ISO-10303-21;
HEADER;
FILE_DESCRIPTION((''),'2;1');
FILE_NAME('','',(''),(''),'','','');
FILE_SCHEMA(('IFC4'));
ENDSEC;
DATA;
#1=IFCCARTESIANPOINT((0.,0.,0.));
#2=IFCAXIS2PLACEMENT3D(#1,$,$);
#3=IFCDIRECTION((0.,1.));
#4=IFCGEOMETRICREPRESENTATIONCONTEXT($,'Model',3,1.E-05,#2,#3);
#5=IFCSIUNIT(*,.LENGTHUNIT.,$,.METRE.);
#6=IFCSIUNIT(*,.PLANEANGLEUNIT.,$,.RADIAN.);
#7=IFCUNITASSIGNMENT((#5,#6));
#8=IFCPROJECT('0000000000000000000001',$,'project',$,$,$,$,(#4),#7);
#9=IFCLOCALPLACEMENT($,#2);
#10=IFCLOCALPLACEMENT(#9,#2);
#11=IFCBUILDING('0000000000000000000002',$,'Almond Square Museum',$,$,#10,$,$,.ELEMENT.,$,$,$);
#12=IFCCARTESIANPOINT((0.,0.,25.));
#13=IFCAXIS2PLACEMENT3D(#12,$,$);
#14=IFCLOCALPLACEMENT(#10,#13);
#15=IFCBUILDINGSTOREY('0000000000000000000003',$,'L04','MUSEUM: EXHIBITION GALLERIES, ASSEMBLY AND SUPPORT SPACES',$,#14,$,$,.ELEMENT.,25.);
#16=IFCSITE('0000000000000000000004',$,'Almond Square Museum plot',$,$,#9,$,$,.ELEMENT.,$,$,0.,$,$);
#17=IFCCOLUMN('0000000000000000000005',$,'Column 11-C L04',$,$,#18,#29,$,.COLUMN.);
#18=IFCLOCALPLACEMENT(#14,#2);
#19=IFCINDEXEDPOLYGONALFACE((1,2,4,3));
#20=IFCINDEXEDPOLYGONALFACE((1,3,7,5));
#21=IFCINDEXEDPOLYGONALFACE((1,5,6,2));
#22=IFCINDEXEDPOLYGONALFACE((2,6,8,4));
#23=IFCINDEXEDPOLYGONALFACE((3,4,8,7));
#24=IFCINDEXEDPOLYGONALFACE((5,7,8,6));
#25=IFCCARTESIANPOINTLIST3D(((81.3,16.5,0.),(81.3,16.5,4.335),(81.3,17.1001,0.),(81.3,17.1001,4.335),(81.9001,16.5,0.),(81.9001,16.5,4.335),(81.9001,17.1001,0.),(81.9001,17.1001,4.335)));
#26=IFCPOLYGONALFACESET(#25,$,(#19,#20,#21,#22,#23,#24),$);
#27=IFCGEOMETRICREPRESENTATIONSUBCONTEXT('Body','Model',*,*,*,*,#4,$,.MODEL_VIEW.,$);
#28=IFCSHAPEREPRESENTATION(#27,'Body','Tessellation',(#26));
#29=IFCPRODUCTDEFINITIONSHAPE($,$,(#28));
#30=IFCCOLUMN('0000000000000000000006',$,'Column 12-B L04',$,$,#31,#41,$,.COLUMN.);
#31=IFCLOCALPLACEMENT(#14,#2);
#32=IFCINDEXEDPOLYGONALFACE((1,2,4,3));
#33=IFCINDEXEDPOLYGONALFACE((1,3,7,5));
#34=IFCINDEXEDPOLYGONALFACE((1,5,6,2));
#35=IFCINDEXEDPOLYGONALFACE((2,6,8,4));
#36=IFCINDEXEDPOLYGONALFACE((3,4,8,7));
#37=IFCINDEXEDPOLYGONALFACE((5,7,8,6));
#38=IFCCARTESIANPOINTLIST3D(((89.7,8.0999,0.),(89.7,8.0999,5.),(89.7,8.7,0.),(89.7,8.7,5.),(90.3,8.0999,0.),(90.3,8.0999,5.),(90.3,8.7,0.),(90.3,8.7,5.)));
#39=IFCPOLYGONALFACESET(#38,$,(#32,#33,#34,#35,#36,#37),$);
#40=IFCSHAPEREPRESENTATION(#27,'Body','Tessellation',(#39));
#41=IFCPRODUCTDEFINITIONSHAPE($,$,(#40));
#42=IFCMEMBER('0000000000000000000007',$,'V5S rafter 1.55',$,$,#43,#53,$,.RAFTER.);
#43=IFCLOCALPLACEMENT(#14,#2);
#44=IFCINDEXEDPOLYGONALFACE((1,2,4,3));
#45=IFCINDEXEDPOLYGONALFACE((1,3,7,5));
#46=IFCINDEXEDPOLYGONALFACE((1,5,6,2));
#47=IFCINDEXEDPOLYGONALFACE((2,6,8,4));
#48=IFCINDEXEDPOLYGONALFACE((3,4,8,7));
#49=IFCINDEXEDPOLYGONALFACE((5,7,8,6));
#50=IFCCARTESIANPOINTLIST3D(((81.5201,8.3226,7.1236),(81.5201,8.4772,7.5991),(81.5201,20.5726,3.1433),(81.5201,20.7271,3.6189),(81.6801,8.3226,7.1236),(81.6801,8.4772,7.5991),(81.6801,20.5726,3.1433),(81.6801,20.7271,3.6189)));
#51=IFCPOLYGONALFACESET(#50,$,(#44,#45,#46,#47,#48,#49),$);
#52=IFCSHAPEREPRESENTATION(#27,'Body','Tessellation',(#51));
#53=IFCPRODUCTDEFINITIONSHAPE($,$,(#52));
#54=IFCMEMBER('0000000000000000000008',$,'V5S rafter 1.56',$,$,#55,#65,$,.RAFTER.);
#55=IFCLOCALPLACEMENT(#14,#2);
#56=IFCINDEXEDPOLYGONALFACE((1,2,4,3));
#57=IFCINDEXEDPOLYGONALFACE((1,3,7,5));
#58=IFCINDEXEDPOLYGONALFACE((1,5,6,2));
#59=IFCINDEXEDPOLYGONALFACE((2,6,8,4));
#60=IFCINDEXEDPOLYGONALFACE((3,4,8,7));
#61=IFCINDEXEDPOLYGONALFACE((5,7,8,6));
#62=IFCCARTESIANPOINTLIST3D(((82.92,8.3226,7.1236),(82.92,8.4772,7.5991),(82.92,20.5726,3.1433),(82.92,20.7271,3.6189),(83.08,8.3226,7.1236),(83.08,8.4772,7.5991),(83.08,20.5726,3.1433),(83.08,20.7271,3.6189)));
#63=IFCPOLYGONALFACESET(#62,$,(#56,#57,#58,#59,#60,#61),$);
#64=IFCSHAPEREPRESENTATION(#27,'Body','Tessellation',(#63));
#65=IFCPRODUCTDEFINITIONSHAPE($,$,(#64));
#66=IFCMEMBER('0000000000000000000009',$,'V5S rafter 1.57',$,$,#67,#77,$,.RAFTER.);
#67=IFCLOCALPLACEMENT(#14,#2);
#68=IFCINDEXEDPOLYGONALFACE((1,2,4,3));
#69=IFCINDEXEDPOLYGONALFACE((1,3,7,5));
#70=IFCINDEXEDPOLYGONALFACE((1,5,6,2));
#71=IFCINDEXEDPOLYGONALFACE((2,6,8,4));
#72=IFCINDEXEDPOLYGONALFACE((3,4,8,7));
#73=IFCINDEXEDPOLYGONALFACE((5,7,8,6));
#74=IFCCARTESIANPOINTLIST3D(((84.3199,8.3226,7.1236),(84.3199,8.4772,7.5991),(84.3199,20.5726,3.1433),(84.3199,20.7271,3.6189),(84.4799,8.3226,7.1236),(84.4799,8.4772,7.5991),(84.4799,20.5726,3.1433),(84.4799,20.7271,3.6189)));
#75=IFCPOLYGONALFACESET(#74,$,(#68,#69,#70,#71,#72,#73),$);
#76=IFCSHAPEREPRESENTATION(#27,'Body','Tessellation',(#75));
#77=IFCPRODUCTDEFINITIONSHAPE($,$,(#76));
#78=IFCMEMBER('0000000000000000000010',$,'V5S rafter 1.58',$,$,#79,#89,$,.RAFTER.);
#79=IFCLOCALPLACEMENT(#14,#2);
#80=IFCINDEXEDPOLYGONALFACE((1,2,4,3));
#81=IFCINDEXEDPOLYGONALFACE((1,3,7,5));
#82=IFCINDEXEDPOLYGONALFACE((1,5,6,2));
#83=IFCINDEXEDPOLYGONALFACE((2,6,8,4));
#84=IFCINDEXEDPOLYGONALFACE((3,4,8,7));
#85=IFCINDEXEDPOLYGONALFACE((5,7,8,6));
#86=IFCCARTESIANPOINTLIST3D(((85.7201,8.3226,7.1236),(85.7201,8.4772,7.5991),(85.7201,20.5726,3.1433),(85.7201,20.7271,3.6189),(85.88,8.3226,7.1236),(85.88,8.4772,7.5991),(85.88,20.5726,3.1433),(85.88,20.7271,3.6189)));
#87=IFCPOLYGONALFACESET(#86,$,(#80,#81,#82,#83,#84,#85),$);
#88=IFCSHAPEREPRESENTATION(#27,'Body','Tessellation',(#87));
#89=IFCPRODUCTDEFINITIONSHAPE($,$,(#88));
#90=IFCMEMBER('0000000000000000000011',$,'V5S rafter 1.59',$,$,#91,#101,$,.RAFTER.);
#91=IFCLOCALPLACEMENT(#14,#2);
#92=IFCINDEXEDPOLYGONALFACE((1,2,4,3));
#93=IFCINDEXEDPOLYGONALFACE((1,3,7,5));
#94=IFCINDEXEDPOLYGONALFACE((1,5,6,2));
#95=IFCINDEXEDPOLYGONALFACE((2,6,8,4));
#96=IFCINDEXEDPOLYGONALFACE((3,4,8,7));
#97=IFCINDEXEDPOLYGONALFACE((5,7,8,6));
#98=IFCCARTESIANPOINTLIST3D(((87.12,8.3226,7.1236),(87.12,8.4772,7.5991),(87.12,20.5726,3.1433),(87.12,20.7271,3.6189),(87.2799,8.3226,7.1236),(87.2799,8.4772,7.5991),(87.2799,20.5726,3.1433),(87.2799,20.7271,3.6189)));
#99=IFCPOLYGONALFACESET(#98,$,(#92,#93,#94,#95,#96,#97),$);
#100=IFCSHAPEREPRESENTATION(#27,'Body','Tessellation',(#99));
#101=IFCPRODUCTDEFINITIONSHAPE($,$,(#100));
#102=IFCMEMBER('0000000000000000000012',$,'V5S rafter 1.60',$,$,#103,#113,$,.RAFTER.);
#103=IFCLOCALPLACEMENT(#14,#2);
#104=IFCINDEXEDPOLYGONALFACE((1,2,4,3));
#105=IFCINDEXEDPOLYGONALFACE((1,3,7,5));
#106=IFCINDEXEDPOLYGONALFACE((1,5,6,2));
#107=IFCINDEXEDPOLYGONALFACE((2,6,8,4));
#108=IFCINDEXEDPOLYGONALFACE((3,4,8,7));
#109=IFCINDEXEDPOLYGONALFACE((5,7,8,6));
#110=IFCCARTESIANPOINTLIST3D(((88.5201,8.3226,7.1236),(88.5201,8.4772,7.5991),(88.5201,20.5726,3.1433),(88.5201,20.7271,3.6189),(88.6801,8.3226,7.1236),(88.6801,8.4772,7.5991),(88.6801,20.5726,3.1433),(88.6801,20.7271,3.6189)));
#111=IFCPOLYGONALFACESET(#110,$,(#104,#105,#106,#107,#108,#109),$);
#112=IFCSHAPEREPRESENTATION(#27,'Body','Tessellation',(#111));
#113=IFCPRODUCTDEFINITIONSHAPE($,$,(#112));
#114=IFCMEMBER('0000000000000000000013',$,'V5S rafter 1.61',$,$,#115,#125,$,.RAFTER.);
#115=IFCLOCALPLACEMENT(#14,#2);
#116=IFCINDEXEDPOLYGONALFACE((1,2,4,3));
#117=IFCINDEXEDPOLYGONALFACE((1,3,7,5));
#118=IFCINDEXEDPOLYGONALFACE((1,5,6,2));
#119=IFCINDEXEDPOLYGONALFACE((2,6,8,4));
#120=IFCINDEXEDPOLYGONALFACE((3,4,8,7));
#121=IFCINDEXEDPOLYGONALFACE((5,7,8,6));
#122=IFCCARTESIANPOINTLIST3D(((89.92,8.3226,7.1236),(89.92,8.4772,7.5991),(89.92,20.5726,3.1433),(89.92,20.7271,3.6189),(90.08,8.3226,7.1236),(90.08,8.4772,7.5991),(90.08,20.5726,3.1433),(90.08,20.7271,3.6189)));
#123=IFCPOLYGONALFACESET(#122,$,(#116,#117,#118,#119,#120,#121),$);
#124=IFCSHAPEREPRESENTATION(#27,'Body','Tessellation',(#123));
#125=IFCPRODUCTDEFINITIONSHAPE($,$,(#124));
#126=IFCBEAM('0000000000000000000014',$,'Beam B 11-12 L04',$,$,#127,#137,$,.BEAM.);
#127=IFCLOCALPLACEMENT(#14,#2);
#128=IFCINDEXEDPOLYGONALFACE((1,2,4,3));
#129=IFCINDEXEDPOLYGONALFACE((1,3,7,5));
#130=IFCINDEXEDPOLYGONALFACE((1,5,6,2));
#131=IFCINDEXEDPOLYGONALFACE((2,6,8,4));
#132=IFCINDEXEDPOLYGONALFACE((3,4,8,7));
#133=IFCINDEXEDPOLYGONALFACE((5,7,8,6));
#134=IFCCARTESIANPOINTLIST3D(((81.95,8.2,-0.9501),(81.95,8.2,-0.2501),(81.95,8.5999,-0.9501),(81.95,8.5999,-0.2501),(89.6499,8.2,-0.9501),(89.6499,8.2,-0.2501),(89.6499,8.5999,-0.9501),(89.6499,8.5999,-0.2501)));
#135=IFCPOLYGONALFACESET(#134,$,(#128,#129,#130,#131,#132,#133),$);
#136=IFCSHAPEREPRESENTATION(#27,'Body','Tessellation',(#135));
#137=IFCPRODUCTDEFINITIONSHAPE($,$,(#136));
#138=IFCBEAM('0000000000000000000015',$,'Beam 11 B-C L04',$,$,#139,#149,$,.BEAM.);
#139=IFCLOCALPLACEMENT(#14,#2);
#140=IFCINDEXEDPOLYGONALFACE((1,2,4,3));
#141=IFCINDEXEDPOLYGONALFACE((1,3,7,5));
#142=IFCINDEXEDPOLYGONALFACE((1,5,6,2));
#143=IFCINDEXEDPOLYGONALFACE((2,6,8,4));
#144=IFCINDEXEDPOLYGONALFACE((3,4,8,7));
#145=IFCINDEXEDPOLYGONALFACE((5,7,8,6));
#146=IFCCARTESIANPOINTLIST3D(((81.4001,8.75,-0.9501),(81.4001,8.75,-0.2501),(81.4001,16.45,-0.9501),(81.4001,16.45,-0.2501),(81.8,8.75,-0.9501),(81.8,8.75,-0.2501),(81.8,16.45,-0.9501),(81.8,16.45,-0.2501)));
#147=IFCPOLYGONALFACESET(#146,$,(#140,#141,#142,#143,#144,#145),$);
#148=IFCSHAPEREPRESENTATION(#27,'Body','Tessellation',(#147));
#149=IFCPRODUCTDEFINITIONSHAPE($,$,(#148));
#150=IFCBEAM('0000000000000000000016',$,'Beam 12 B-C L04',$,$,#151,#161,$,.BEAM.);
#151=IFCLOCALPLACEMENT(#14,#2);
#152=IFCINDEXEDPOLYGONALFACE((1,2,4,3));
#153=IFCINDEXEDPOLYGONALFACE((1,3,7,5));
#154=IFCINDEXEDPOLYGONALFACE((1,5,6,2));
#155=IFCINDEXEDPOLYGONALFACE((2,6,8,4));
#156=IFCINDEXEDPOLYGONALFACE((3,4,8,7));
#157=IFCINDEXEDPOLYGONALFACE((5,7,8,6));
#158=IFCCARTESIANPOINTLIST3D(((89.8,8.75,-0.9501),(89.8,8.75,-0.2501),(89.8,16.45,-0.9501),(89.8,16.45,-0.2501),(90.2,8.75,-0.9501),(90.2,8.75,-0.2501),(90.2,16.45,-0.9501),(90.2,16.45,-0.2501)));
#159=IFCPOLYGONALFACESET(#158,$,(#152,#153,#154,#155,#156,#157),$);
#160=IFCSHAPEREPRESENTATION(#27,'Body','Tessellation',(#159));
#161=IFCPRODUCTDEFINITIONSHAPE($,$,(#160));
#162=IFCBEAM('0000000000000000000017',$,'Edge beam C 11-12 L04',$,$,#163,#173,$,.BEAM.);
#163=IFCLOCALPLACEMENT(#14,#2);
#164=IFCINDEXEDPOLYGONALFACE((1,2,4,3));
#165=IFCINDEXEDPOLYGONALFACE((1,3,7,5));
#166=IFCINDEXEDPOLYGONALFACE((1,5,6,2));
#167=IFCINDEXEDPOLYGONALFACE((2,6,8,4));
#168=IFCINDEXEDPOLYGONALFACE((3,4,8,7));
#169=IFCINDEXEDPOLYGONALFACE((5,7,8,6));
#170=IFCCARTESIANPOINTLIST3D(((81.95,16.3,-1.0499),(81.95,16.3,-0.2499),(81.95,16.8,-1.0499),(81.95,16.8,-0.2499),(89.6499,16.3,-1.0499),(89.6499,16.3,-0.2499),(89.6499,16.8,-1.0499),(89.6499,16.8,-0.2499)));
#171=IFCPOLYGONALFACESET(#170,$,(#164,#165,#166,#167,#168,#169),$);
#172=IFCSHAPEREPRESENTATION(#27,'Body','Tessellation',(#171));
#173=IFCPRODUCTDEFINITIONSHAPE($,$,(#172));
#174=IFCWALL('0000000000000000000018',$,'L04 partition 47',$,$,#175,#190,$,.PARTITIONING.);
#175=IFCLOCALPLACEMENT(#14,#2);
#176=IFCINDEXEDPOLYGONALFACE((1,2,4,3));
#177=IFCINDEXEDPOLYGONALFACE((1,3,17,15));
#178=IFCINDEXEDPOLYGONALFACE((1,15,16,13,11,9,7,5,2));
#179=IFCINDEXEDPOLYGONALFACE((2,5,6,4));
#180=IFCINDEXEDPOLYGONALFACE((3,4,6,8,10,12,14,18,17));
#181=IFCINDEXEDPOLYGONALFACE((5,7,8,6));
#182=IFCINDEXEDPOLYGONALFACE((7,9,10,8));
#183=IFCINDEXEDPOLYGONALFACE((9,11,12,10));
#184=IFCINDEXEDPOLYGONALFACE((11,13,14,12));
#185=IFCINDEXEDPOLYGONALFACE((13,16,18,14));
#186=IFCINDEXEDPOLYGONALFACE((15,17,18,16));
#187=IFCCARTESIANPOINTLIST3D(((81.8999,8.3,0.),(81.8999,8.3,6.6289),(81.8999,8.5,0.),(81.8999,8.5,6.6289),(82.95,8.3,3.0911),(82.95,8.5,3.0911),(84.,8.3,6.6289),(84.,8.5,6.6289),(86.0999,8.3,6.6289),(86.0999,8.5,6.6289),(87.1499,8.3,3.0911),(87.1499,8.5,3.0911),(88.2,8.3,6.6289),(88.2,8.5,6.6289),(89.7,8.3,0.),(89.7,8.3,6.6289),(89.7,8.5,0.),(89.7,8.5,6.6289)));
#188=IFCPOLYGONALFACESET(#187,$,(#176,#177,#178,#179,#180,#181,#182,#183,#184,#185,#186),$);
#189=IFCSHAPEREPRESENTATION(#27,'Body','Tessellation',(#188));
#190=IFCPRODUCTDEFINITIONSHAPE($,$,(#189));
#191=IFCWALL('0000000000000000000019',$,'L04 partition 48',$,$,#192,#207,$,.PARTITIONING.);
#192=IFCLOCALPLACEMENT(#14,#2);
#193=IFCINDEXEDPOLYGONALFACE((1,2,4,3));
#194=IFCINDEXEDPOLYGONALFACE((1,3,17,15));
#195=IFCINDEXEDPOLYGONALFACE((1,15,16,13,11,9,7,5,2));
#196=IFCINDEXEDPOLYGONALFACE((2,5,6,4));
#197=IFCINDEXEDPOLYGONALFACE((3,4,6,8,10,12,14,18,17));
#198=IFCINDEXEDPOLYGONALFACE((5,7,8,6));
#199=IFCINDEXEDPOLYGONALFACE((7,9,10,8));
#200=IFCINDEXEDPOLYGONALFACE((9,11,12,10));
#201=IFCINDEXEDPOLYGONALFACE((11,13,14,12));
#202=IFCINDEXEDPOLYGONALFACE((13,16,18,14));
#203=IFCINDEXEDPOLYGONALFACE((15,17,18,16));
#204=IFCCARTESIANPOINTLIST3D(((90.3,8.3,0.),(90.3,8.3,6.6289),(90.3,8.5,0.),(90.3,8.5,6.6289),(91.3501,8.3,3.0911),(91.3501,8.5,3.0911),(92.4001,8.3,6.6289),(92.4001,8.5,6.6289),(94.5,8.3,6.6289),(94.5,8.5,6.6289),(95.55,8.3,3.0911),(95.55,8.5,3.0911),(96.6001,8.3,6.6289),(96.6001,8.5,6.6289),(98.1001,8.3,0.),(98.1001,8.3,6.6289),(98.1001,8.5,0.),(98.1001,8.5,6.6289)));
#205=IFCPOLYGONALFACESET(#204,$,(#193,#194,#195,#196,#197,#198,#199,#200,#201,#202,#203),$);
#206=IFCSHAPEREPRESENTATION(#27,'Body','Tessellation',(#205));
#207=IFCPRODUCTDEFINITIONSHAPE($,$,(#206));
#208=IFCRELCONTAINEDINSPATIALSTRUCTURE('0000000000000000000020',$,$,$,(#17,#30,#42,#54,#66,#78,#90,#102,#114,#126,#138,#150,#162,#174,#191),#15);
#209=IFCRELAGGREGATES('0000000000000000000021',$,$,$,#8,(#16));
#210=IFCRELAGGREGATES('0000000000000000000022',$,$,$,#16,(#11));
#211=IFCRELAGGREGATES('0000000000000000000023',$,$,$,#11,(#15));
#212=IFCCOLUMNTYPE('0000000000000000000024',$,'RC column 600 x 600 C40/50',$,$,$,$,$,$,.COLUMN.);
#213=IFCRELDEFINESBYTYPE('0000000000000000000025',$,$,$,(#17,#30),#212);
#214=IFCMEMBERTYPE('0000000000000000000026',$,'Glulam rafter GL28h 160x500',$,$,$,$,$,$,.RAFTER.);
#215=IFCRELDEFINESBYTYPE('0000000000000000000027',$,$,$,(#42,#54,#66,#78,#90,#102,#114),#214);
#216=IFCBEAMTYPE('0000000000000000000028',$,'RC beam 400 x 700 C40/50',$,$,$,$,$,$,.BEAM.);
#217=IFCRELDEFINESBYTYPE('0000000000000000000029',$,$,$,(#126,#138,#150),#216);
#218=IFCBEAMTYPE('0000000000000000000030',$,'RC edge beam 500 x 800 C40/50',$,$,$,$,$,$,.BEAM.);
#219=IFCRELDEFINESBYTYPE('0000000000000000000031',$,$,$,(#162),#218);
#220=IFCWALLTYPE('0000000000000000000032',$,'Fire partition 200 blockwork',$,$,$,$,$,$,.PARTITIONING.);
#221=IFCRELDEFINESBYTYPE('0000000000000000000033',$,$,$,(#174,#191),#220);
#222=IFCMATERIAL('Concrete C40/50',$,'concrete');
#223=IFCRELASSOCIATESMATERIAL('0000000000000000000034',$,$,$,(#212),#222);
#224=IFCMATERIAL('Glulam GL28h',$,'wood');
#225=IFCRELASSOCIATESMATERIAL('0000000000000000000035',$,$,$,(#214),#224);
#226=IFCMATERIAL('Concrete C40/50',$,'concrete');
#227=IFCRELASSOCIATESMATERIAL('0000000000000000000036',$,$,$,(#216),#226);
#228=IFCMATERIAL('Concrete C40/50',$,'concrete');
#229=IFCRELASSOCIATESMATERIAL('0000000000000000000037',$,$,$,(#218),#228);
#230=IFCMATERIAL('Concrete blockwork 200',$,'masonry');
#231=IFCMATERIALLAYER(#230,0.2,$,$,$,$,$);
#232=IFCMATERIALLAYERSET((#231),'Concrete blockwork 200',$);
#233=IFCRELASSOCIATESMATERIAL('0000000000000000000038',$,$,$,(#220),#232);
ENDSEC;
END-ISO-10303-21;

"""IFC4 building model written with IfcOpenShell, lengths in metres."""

from ifc_helpers import new_model, si_unit, direction, frame, origin, origin_2d, place, context, subcontext, project, spatial, polyline, rectangle, outline, extrude, material, layer, layer_set, material_profile, profile_set, type_object, element, save


model = new_model("IFC4")

# Units and contexts
model_context = context("Model", 3, precision=1e-05, world=origin(), true_north=direction((0.0, 1.0)))
body_context = subcontext(model_context, "Body", "Model", "MODEL_VIEW")
ifc_project = project(units=[si_unit("LENGTHUNIT", "METRE"), si_unit("PLANEANGLEUNIT", "RADIAN")], contexts=[model_context])

# Site, building, storey
site_placement = place(None, origin())
site = spatial("IfcSite", under=ifc_project, at=site_placement, Name="Almond Square Museum plot", CompositionType="ELEMENT", RefElevation=0.0)
building_placement = place(site_placement, origin())
building = spatial("IfcBuilding", under=site, at=building_placement, Name="Almond Square Museum", CompositionType="ELEMENT")
storey_placement = place(building_placement, frame((0.0, 0.0, 25.0)))
storey = spatial("IfcBuildingStorey", under=building, at=storey_placement, Name="L04", Description="MUSEUM: EXHIBITION GALLERIES, ASSEMBLY AND SUPPORT SPACES", CompositionType="ELEMENT", Elevation=25.0)

# Columns
ifc_material_1 = material(Name="Concrete C40/50", Category="concrete")
ifc_material_profile_1 = material_profile(ifc_material_1, rectangle(XDim=0.6001, YDim=0.6001, at=origin_2d()))
ifc_profile_set_1 = profile_set([ifc_material_profile_1], Name="Concrete C40/50")
column_type = type_object("IfcColumnType", Name="RC column 600 x 600 C40/50", PredefinedType="COLUMN", material=ifc_profile_set_1)
column_1_placement = place(storey_placement, frame((81.6001, 16.8, 0.0), z_axis=(0.0, 0.0, 1.0), x_axis=(1.0, 0.0, 0.0)))
element("IfcColumn", 1, at=column_1_placement, inside=storey, type_object=column_type, Name="Column 11-C L04", PredefinedType="COLUMN", context=body_context, shape_type="SweptSolid", body=[
    extrude(rectangle(XDim=0.6001, YDim=0.6001, at=origin_2d()), origin(), (0.0, 0.0, 1.0), 4.335),
])
column_2_placement = place(storey_placement, frame((90.0, 8.3999, 0.0), z_axis=(0.0, 0.0, 1.0), x_axis=(1.0, 0.0, 0.0)))
element("IfcColumn", 2, at=column_2_placement, inside=storey, type_object=column_type, Name="Column 12-B L04", PredefinedType="COLUMN", context=body_context, shape_type="SweptSolid", body=[
    extrude(rectangle(XDim=0.6001, YDim=0.6001, at=origin_2d()), origin(), (0.0, 0.0, 1.0), 5.0),
])

# Members
ifc_material_2 = material(Name="Glulam GL28h", Category="wood")
ifc_material_profile_2 = material_profile(ifc_material_2, rectangle(XDim=0.1599, YDim=0.5, at=origin_2d()))
ifc_profile_set_2 = profile_set([ifc_material_profile_2], Name="Glulam GL28h")
member_type = type_object("IfcMemberType", Name="Glulam rafter GL28h 160x500", PredefinedType="RAFTER", material=ifc_profile_set_2)
for number, where, z_axis, x_axis, name in (
    (3, (81.6001, 8.3999, 7.3613), (0.0, 0.951057, -0.309014), (-1.0, 0.0, 0.0), "V5S rafter 1.55"),
    (4, (83.0, 8.3999, 7.3613), (0.0, 0.951057, -0.309014), (-1.0, 0.0, 0.0), "V5S rafter 1.56"),
    (5, (84.3999, 8.3999, 7.3613), (0.0, 0.951057, -0.309014), (-1.0, 0.0, 0.0), "V5S rafter 1.57"),
    (6, (85.8, 8.3999, 7.3613), (0.0, 0.951057, -0.309014), (-1.0, 0.0, 0.0), "V5S rafter 1.58"),
    (7, (87.2, 8.3999, 7.3613), (0.0, 0.951057, -0.309014), (-1.0, 0.0, 0.0), "V5S rafter 1.59"),
    (8, (88.6001, 8.3999, 7.3613), (0.0, 0.951057, -0.309014), (-1.0, 0.0, 0.0), "V5S rafter 1.60"),
    (9, (90.0, 8.3999, 7.3613), (0.0, 0.951057, -0.309014), (-1.0, 0.0, 0.0), "V5S rafter 1.61"),
):
    element("IfcMember", number, at=place(storey_placement, frame(where, z_axis=z_axis, x_axis=x_axis)), inside=storey, type_object=member_type, Name=name, PredefinedType="RAFTER", context=body_context, shape_type="SweptSolid", body=[
        extrude(rectangle(XDim=0.1599, YDim=0.5, at=origin_2d()), origin(), (0.0, 0.0, 1.0), 12.8804),
    ])

# Beams
ifc_material_3 = material(Name="Concrete C40/50", Category="concrete")
ifc_material_profile_3 = material_profile(ifc_material_3, rectangle(XDim=0.3999, YDim=0.7, at=origin_2d()))
ifc_profile_set_3 = profile_set([ifc_material_profile_3], Name="Concrete C40/50")
beam_type_1 = type_object("IfcBeamType", Name="RC beam 400 x 700 C40/50", PredefinedType="BEAM", material=ifc_profile_set_3)
for number, where, z_axis, x_axis, name in (
    (10, (81.95, 8.3999, -0.6001), (1.0, 0.0, 0.0), (0.0, 1.0, 0.0), "Beam B 11-12 L04"),
    (11, (81.6001, 8.75, -0.6001), (0.0, 1.0, 0.0), (-1.0, 0.0, 0.0), "Beam 11 B-C L04"),
    (12, (90.0, 8.75, -0.6001), (0.0, 1.0, 0.0), (-1.0, 0.0, 0.0), "Beam 12 B-C L04"),
):
    element("IfcBeam", number, at=place(storey_placement, frame(where, z_axis=z_axis, x_axis=x_axis)), inside=storey, type_object=beam_type_1, Name=name, PredefinedType="BEAM", context=body_context, shape_type="SweptSolid", body=[
        extrude(rectangle(XDim=0.3999, YDim=0.7, at=origin_2d()), origin(), (0.0, 0.0, 1.0), 7.7),
    ])
ifc_material_4 = material(Name="Concrete C40/50", Category="concrete")
ifc_material_profile_4 = material_profile(ifc_material_4, rectangle(XDim=0.5, YDim=0.8, at=origin_2d()))
ifc_profile_set_4 = profile_set([ifc_material_profile_4], Name="Concrete C40/50")
beam_type_2 = type_object("IfcBeamType", Name="RC edge beam 500 x 800 C40/50", PredefinedType="BEAM", material=ifc_profile_set_4)
beam_placement = place(storey_placement, frame((81.95, 16.55, -0.6499), z_axis=(1.0, 0.0, 0.0), x_axis=(0.0, 1.0, 0.0)))
element("IfcBeam", 13, at=beam_placement, inside=storey, type_object=beam_type_2, Name="Edge beam C 11-12 L04", PredefinedType="BEAM", context=body_context, shape_type="SweptSolid", body=[
    extrude(rectangle(XDim=0.5, YDim=0.8, at=origin_2d()), origin(), (0.0, 0.0, 1.0), 7.7),
])

# Walls
ifc_material_5 = material(Name="Concrete blockwork 200", Category="masonry")
ifc_layer = layer(ifc_material_5, 0.2)
ifc_layer_set = layer_set([ifc_layer], Name="Concrete blockwork 200")
wall_type = type_object("IfcWallType", Name="Fire partition 200 blockwork", PredefinedType="PARTITIONING", material=ifc_layer_set)
for number, where, z_axis, x_axis, name in (
    (14, (81.8999, 8.3999, 0.0), (0.0, 0.0, 1.0), (1.0, 0.0, 0.0), "L04 partition 47"),
    (15, (90.3, 8.3999, 0.0), (0.0, 0.0, 1.0), (1.0, 0.0, 0.0), "L04 partition 48"),
):
    element("IfcWall", number, at=place(storey_placement, frame(where, z_axis=z_axis, x_axis=x_axis)), inside=storey, type_object=wall_type, Name=name, PredefinedType="PARTITIONING", context=body_context, shape_type="SweptSolid", body=[
        extrude(outline(polyline([(0.0, 0.0), (7.8, 0.0), (7.8, 6.6289), (6.3, 6.6289), (5.25, 3.0911), (4.2, 6.6289), (2.1001, 6.6289), (1.05, 3.0911), (0.0, 6.6289), (0.0, 0.0)])), frame((0.0, 0.1001, 0.0), z_axis=(0.0, -1.0, 0.0), x_axis=(1.0, 0.0, 0.0)), (0.0, 0.0, 1.0), 0.2),
    ])

save(model, "model.ifc")
